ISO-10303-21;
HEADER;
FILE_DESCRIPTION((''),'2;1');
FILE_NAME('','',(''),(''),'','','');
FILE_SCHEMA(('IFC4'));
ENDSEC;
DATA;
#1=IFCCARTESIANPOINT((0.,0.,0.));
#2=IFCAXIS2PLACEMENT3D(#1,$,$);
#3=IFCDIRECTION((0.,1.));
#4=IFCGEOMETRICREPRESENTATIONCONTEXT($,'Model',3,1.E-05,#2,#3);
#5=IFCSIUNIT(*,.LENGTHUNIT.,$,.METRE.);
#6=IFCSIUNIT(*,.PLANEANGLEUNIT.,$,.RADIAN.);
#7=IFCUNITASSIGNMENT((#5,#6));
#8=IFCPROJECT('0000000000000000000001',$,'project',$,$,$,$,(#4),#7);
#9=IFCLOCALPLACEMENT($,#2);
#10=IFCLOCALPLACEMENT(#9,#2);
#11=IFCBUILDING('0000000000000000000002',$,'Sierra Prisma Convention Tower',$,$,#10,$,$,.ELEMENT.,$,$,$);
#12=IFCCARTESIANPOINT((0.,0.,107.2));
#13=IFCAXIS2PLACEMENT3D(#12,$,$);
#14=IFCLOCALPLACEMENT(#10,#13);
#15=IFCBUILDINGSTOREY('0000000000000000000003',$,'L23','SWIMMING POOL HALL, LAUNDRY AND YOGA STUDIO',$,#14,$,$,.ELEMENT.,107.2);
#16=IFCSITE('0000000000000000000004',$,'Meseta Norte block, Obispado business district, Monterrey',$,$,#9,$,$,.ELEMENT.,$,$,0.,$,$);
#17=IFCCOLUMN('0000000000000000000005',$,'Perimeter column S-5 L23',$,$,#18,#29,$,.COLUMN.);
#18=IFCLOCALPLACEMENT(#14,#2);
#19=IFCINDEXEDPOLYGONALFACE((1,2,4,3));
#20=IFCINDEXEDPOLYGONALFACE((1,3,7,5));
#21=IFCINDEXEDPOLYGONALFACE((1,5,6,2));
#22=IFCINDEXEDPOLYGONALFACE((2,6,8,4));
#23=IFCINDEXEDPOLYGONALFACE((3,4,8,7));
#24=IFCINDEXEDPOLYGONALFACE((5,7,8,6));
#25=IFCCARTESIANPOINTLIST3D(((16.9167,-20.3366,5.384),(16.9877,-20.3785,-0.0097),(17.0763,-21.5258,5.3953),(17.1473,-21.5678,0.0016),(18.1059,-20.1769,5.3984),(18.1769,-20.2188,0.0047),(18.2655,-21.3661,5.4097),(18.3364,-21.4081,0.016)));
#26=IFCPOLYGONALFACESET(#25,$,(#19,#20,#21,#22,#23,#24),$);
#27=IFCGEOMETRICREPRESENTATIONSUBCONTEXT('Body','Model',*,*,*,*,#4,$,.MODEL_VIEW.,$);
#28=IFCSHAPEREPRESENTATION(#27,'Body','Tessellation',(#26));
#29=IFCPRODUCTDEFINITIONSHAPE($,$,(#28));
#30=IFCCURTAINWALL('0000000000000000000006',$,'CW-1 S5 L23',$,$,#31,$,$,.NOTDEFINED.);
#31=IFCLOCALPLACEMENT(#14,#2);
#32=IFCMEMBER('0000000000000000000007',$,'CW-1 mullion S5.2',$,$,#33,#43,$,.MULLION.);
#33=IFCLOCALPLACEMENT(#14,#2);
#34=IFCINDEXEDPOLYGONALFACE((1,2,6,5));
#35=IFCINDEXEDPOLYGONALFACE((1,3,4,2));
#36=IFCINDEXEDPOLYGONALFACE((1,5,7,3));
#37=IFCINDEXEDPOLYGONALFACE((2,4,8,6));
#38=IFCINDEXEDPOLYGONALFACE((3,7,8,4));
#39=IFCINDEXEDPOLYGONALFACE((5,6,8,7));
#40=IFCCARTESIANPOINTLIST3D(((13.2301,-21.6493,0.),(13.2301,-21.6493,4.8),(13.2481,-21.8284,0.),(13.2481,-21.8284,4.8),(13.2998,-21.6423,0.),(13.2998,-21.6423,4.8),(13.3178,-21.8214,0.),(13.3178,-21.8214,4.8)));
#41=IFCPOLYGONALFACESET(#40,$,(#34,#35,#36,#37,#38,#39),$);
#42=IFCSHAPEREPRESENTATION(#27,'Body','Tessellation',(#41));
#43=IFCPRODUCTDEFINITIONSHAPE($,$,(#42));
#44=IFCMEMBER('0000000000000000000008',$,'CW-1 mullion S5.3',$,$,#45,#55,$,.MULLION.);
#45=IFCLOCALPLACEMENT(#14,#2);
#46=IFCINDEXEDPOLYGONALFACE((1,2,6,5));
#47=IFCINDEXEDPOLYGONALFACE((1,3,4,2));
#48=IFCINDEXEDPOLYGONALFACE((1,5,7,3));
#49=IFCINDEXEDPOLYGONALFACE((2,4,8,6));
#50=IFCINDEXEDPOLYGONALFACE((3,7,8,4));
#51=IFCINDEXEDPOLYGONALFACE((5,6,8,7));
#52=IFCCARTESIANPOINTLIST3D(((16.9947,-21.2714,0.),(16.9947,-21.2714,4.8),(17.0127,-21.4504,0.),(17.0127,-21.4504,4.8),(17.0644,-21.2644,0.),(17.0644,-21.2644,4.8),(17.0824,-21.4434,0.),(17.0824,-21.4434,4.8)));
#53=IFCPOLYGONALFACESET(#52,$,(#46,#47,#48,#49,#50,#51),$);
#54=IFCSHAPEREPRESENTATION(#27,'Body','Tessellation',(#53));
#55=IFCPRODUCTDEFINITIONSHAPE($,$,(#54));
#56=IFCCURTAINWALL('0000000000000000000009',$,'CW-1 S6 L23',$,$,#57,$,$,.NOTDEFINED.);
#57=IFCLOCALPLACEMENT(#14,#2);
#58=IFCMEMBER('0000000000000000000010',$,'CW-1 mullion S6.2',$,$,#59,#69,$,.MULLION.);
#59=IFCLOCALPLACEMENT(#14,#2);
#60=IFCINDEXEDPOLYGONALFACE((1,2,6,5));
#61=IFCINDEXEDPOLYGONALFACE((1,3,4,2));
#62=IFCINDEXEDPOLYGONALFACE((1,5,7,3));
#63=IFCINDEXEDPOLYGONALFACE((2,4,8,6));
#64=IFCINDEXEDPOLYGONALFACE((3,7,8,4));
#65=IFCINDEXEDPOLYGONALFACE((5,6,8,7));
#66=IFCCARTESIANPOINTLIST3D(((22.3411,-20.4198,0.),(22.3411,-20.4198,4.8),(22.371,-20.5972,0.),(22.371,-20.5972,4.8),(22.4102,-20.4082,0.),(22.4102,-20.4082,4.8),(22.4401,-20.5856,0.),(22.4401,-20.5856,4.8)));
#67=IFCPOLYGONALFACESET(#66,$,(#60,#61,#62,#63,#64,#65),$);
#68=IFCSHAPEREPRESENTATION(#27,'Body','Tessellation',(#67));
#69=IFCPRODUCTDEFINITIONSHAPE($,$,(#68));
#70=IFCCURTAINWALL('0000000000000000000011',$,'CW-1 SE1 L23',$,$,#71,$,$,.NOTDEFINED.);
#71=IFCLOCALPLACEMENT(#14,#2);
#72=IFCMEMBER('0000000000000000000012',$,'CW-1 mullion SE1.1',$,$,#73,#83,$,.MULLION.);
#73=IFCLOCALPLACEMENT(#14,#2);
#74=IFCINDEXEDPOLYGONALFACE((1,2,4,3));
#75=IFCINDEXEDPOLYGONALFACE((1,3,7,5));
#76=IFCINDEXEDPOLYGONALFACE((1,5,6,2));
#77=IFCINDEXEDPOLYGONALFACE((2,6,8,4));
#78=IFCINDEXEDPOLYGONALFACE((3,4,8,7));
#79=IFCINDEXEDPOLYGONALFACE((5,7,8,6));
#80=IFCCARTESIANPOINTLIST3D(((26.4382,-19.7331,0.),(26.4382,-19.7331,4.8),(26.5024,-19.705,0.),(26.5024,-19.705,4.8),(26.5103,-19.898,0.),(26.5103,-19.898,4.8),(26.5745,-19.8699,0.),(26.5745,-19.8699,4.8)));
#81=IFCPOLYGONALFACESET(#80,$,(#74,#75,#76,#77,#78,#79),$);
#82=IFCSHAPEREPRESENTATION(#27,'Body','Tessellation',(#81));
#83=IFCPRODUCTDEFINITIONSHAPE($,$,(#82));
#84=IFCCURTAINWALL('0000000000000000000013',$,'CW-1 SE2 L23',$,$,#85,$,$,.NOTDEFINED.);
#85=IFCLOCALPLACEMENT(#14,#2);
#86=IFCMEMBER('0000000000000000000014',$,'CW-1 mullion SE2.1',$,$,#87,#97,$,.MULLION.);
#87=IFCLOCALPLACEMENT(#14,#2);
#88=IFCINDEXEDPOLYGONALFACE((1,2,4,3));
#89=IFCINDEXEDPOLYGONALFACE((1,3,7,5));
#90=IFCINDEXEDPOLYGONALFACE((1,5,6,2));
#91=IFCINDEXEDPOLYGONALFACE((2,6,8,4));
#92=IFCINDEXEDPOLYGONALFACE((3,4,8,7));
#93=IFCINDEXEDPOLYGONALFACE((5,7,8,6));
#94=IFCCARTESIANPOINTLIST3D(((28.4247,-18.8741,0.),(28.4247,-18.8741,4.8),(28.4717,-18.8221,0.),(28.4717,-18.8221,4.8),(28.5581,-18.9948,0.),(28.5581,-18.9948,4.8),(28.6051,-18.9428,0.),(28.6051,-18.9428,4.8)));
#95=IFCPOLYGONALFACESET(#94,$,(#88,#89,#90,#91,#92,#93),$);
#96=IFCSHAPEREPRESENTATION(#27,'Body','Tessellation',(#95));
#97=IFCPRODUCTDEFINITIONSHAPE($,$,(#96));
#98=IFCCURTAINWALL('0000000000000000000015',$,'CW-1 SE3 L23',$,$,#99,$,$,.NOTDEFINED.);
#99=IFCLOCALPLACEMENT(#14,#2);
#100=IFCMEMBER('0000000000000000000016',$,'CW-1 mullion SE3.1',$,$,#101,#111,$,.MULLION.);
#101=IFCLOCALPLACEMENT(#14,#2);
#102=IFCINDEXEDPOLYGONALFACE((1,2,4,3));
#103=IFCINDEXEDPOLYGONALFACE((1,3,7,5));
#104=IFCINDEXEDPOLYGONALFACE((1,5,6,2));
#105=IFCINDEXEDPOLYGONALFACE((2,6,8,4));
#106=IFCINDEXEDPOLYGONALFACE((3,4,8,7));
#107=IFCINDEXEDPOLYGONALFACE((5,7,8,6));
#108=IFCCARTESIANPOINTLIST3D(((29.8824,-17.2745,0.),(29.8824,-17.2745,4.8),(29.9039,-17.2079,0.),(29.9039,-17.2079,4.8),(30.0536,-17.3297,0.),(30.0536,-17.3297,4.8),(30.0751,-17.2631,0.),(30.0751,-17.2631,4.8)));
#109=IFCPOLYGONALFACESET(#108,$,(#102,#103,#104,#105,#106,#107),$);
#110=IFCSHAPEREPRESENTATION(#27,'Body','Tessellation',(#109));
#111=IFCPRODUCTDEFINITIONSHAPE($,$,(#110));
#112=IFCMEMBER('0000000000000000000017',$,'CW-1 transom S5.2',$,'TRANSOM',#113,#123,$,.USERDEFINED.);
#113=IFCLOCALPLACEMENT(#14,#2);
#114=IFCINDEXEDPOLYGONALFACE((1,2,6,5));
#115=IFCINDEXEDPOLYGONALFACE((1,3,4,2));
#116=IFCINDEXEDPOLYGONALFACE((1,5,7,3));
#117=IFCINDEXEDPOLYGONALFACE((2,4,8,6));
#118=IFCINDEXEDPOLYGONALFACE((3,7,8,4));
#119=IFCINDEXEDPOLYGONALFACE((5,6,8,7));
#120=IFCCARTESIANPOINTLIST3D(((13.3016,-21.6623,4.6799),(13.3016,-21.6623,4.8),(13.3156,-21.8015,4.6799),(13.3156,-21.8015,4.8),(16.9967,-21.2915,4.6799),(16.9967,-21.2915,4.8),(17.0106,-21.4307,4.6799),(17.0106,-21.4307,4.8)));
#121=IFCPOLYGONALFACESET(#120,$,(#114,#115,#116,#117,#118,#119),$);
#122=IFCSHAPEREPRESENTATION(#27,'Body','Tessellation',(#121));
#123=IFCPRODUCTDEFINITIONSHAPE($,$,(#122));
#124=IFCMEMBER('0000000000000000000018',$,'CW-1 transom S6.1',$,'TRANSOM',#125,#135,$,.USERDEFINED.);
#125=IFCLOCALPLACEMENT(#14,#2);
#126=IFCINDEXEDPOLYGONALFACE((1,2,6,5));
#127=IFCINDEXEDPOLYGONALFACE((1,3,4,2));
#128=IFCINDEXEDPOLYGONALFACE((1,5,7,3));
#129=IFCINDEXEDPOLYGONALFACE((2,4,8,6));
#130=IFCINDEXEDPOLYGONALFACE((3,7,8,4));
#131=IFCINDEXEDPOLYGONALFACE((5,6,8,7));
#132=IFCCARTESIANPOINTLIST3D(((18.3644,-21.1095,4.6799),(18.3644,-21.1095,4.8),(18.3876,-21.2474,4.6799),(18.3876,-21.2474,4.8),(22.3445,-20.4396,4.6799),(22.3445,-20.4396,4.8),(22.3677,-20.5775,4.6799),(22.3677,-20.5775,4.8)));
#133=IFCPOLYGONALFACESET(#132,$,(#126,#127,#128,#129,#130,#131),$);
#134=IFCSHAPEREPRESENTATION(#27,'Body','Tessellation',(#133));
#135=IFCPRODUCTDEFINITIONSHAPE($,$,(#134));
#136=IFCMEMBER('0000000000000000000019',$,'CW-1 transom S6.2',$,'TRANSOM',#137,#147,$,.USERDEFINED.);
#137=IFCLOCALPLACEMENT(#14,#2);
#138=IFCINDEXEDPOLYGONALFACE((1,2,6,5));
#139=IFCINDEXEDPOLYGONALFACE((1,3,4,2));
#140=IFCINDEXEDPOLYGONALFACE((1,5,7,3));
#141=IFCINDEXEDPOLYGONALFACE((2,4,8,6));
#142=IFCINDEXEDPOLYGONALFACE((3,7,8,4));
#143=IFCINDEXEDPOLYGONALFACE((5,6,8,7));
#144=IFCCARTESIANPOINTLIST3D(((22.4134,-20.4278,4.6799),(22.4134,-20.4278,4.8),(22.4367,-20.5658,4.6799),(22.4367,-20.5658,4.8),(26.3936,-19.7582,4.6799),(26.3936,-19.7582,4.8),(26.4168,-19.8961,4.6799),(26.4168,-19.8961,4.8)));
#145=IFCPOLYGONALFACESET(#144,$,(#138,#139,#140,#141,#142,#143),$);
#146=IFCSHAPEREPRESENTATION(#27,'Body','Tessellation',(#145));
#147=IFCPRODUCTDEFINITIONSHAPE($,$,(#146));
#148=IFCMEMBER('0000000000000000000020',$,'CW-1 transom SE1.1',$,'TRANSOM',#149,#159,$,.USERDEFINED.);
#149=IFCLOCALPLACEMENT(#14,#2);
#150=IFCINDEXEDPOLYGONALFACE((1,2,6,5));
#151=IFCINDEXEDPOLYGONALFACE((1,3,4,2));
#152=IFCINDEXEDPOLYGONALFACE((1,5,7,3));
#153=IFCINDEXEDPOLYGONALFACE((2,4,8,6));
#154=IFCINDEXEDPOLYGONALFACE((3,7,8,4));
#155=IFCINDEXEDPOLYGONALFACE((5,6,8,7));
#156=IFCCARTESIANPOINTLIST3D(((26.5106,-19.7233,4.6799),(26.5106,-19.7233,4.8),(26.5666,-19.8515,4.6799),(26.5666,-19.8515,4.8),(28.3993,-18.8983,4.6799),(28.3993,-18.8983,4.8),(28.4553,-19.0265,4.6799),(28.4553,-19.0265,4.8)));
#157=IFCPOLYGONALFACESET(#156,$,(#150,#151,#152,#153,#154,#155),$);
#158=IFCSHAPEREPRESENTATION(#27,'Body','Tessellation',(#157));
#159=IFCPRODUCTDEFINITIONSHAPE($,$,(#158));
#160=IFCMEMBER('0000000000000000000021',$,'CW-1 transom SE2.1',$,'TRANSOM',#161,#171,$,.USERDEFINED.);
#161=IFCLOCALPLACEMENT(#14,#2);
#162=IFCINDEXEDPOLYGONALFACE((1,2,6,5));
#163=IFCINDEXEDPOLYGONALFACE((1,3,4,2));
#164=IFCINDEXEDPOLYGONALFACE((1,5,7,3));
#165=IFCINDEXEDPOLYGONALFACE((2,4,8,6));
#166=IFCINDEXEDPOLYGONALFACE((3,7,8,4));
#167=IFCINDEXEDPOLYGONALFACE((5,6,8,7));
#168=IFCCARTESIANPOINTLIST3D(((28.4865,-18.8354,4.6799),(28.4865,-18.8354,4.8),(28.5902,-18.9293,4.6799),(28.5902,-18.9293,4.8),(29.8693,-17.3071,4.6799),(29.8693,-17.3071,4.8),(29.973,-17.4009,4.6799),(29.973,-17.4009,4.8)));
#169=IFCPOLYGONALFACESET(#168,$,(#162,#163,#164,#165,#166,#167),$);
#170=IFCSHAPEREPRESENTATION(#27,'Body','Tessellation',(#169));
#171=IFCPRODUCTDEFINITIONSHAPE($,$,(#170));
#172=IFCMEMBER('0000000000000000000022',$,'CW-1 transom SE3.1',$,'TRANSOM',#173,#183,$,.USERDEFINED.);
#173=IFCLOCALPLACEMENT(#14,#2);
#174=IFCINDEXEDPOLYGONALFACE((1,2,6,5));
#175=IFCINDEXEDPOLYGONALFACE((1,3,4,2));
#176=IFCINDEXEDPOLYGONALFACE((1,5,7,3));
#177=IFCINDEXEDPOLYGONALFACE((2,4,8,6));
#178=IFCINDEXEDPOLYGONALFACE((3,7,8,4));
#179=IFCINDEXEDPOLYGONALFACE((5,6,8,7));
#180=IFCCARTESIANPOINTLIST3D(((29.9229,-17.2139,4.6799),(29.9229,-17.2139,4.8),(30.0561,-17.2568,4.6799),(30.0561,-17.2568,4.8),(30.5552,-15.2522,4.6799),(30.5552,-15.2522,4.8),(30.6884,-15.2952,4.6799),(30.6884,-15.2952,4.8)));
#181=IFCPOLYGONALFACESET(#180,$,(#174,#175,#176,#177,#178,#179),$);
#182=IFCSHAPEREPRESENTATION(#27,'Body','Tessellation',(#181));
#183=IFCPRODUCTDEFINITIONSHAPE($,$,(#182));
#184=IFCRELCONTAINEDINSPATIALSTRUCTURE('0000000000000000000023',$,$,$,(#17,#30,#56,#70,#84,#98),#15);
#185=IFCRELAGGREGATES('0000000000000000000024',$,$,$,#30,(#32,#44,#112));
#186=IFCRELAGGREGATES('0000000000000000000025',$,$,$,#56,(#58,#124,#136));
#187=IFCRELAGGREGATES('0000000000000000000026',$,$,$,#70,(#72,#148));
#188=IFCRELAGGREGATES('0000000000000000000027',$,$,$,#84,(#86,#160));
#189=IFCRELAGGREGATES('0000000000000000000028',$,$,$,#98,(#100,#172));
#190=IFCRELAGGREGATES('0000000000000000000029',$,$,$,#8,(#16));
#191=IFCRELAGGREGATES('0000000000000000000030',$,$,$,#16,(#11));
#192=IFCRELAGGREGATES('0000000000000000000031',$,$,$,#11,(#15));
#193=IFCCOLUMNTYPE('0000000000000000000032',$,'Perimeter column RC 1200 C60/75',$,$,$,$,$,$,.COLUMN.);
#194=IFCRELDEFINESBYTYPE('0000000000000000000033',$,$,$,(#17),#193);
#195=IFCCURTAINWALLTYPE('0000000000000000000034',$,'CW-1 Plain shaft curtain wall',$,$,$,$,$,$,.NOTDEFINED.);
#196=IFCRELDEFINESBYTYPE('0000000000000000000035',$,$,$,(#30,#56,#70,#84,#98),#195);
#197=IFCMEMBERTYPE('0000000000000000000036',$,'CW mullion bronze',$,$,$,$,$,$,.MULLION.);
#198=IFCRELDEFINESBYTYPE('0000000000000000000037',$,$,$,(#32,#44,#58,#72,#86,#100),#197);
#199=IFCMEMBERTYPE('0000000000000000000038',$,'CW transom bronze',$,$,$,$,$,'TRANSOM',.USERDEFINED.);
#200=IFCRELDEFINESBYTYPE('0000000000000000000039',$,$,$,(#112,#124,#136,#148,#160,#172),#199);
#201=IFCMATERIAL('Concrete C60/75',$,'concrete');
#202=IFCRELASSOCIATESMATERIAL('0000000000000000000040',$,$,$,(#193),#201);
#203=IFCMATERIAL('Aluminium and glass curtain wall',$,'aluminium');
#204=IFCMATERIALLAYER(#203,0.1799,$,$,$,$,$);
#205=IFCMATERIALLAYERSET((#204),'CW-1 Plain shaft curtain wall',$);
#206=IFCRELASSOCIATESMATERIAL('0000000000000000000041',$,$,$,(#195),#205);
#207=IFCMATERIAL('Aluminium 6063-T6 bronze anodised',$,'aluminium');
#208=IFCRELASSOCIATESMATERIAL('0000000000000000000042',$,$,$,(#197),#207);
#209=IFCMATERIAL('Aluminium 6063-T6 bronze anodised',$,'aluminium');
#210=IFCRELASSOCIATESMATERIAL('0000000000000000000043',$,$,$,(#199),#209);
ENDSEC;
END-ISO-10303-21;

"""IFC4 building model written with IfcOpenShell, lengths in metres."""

from ifc_helpers import new_model, si_unit, direction, frame, origin, origin_2d, place, context, subcontext, project, spatial, rectangle, extrude, clip, halfspace, material, layer, layer_set, material_profile, profile_set, type_object, element, aggregate, save


model = new_model("IFC4")

# Units and contexts
model_context = context("Model", 3, precision=1e-05, world=origin(), true_north=direction((0.0, 1.0)))
body_context = subcontext(model_context, "Body", "Model", "MODEL_VIEW")
ifc_project = project(units=[si_unit("LENGTHUNIT", "METRE"), si_unit("PLANEANGLEUNIT", "RADIAN")], contexts=[model_context])

# Site, building, storey
site_placement = place(None, origin())
site = spatial("IfcSite", under=ifc_project, at=site_placement, Name="Meseta Norte block, Obispado business district, Monterrey", CompositionType="ELEMENT", RefElevation=0.0)
building_placement = place(site_placement, origin())
building = spatial("IfcBuilding", under=site, at=building_placement, Name="Sierra Prisma Convention Tower", CompositionType="ELEMENT")
storey_placement = place(building_placement, frame((0.0, 0.0, 107.2)))
storey = spatial("IfcBuildingStorey", under=building, at=storey_placement, Name="L23", Description="SWIMMING POOL HALL, LAUNDRY AND YOGA STUDIO", CompositionType="ELEMENT", Elevation=107.2)

# Column
ifc_material_1 = material(Name="Concrete C60/75", Category="concrete")
ifc_material_profile_1 = material_profile(ifc_material_1, rectangle(XDim=1.2, YDim=1.2, at=origin_2d()), Name="Perimeter column RC 1200 C60/75")
ifc_profile_set_1 = profile_set([ifc_material_profile_1], Name="Concrete C60/75")
column_type = type_object("IfcColumnType", Name="Perimeter column RC 1200 C60/75", PredefinedType="COLUMN", material=ifc_profile_set_1)
column_placement = place(storey_placement, frame((17.6621, -20.8933, 0.0), z_axis=(-0.013155, 0.007775, 0.999883), x_axis=(0.991031, 0.133091, 0.012003)))
element("IfcColumn", 1, at=column_placement, inside=storey, type_object=column_type, Name="Perimeter column S-5 L23", PredefinedType="COLUMN", context=body_context, shape_type="SweptSolid", body=[
    clip(clip(extrude(rectangle(XDim=1.2, YDim=1.2, at=origin_2d()), origin(), (0.0, 0.0, 1.0), 5.4009), halfspace(frame((0.0, 0.0, 0.0032)), True)), halfspace(frame((0.0, 0.0, 5.3975)), False)),
])

# Curtain wall, members
ifc_material_2 = material(Name="Aluminium and glass curtain wall", Category="aluminium")
ifc_layer_1 = layer(ifc_material_2, 0.1799)
ifc_layer_set_1 = layer_set([ifc_layer_1], Name="CW-1 Plain shaft curtain wall")
curtain_wall_type = type_object("IfcCurtainWallType", Name="CW-1 Plain shaft curtain wall", PredefinedType="NOTDEFINED", material=ifc_layer_set_1)
curtain_wall_1_placement = place(storey_placement, origin())
curtain_wall_1 = element("IfcCurtainWall", 2, at=curtain_wall_1_placement, inside=storey, type_object=curtain_wall_type, Name="CW-1 S5 L23", PredefinedType="NOTDEFINED")
ifc_material_3 = material(Name="Aluminium 6063-T6 bronze anodised", Category="aluminium")
ifc_material_profile_2 = material_profile(ifc_material_3, rectangle(XDim=0.1799, YDim=0.0701, at=origin_2d()), Name="ALU MULLION 70x180")
ifc_profile_set_2 = profile_set([ifc_material_profile_2], Name="Aluminium 6063-T6 bronze anodised")
member_type_1 = type_object("IfcMemberType", Name="CW mullion bronze", PredefinedType="MULLION", material=ifc_profile_set_2)
member_1_placement = place(storey_placement, frame((13.2739, -21.7354, 0.0), z_axis=(0.0, 0.0, 1.0), x_axis=(-0.099874, 0.995, 0.0)))
member_1 = element("IfcMember", 3, at=member_1_placement, type_object=member_type_1, Name="CW-1 mullion S5.2", PredefinedType="MULLION", context=body_context, shape_type="SweptSolid", body=[
    extrude(rectangle(XDim=0.1799, YDim=0.0701, at=origin_2d()), origin(), (0.0, 0.0, 1.0), 4.8),
])
member_2_placement = place(storey_placement, frame((17.0386, -21.3574, 0.0), z_axis=(0.0, 0.0, 1.0), x_axis=(-0.099874, 0.995, 0.0)))
member_2 = element("IfcMember", 4, at=member_2_placement, type_object=member_type_1, Name="CW-1 mullion S5.3", PredefinedType="MULLION", context=body_context, shape_type="SweptSolid", body=[
    extrude(rectangle(XDim=0.1799, YDim=0.0701, at=origin_2d()), origin(), (0.0, 0.0, 1.0), 4.8),
])

# Curtain walls, members
curtain_wall_2_placement = place(storey_placement, origin())
curtain_wall_2 = element("IfcCurtainWall", 5, at=curtain_wall_2_placement, inside=storey, type_object=curtain_wall_type, Name="CW-1 S6 L23", PredefinedType="NOTDEFINED")
member_3_placement = place(storey_placement, frame((22.3906, -20.5027, 0.0), z_axis=(0.0, 0.0, 1.0), x_axis=(-0.165964, 0.986132, 0.0)))
member_3 = element("IfcMember", 6, at=member_3_placement, type_object=member_type_1, Name="CW-1 mullion S6.2", PredefinedType="MULLION", context=body_context, shape_type="SweptSolid", body=[
    extrude(rectangle(XDim=0.1799, YDim=0.0701, at=origin_2d()), origin(), (0.0, 0.0, 1.0), 4.8),
])
curtain_wall_3_placement = place(storey_placement, origin())
curtain_wall_3 = element("IfcCurtainWall", 7, at=curtain_wall_3_placement, inside=storey, type_object=curtain_wall_type, Name="CW-1 SE1 L23", PredefinedType="NOTDEFINED")
member_4_placement = place(storey_placement, frame((26.5063, -19.8015, 0.0), z_axis=(0.0, 0.0, 1.0), x_axis=(-0.400315, 0.916377, 0.0)))
member_4 = element("IfcMember", 8, at=member_4_placement, type_object=member_type_1, Name="CW-1 mullion SE1.1", PredefinedType="MULLION", context=body_context, shape_type="SweptSolid", body=[
    extrude(rectangle(XDim=0.1799, YDim=0.0701, at=origin_2d()), origin(), (0.0, 0.0, 1.0), 4.8),
])
curtain_wall_4_placement = place(storey_placement, origin())
curtain_wall_4 = element("IfcCurtainWall", 9, at=curtain_wall_4_placement, inside=storey, type_object=curtain_wall_type, Name="CW-1 SE2 L23", PredefinedType="NOTDEFINED")
member_5_placement = place(storey_placement, frame((28.5149, -18.9084, 0.0), z_axis=(0.0, 0.0, 1.0), x_axis=(-0.741577, 0.670867, 0.0)))
member_5 = element("IfcMember", 10, at=member_5_placement, type_object=member_type_1, Name="CW-1 mullion SE2.1", PredefinedType="MULLION", context=body_context, shape_type="SweptSolid", body=[
    extrude(rectangle(XDim=0.1799, YDim=0.0701, at=origin_2d()), origin(), (0.0, 0.0, 1.0), 4.8),
])
curtain_wall_5_placement = place(storey_placement, origin())
curtain_wall_5 = element("IfcCurtainWall", 11, at=curtain_wall_5_placement, inside=storey, type_object=curtain_wall_type, Name="CW-1 SE3 L23", PredefinedType="NOTDEFINED")
member_6_placement = place(storey_placement, frame((29.9788, -17.2688, 0.0), z_axis=(0.0, 0.0, 1.0), x_axis=(-0.951777, 0.306791, 0.0)))
member_6 = element("IfcMember", 12, at=member_6_placement, type_object=member_type_1, Name="CW-1 mullion SE3.1", PredefinedType="MULLION", context=body_context, shape_type="SweptSolid", body=[
    extrude(rectangle(XDim=0.1799, YDim=0.0701, at=origin_2d()), origin(), (0.0, 0.0, 1.0), 4.8),
])

# Members
ifc_material_4 = material(Name="Aluminium 6063-T6 bronze anodised", Category="aluminium")
ifc_material_profile_3 = material_profile(ifc_material_4, rectangle(XDim=0.1399, YDim=0.1201, at=origin_2d()), Name="ALU TRANSOM 120x140")
ifc_profile_set_3 = profile_set([ifc_material_profile_3], Name="Aluminium 6063-T6 bronze anodised")
member_type_2 = type_object("IfcMemberType", Name="CW transom bronze", ElementType="TRANSOM", PredefinedType="USERDEFINED", material=ifc_profile_set_3)
member_7_placement = place(storey_placement, frame((13.3086, -21.7319, 4.74), z_axis=(0.995001, 0.099862, 0.0), x_axis=(-0.099862, 0.995001, 0.0)))
member_7 = element("IfcMember", 13, at=member_7_placement, type_object=member_type_2, Name="CW-1 transom S5.2", ObjectType="TRANSOM", PredefinedType="USERDEFINED", context=body_context, shape_type="SweptSolid", body=[
    extrude(rectangle(XDim=0.1399, YDim=0.1201, at=origin_2d()), origin(), (0.0, 0.0, 1.0), 3.7136),
])
member_8_placement = place(storey_placement, frame((18.376, -21.1785, 4.74), z_axis=(0.986129, 0.165978, 0.0), x_axis=(-0.165978, 0.986129, 0.0)))
member_8 = element("IfcMember", 14, at=member_8_placement, type_object=member_type_2, Name="CW-1 transom S6.1", ObjectType="TRANSOM", PredefinedType="USERDEFINED", context=body_context, shape_type="SweptSolid", body=[
    extrude(rectangle(XDim=0.1399, YDim=0.1201, at=origin_2d()), origin(), (0.0, 0.0, 1.0), 4.0361),
])
member_9_placement = place(storey_placement, frame((22.425, -20.4968, 4.74), z_axis=(0.986139, 0.165919, 0.0), x_axis=(-0.165919, 0.986139, 0.0)))
member_9 = element("IfcMember", 15, at=member_9_placement, type_object=member_type_2, Name="CW-1 transom S6.2", ObjectType="TRANSOM", PredefinedType="USERDEFINED", context=body_context, shape_type="SweptSolid", body=[
    extrude(rectangle(XDim=0.1399, YDim=0.1201, at=origin_2d()), origin(), (0.0, 0.0, 1.0), 4.0361),
])
member_10_placement = place(storey_placement, frame((26.5386, -19.7874, 4.74), z_axis=(0.916396, 0.400272, 0.0), x_axis=(-0.400272, 0.916396, 0.0)))
member_10 = element("IfcMember", 16, at=member_10_placement, type_object=member_type_2, Name="CW-1 transom SE1.1", ObjectType="TRANSOM", PredefinedType="USERDEFINED", context=body_context, shape_type="SweptSolid", body=[
    extrude(rectangle(XDim=0.1399, YDim=0.1201, at=origin_2d()), origin(), (0.0, 0.0, 1.0), 2.061),
])
member_11_placement = place(storey_placement, frame((28.5383, -18.8823, 4.74), z_axis=(0.670926, 0.741525, 0.0), x_axis=(-0.741525, 0.670926, 0.0)))
member_11 = element("IfcMember", 17, at=member_11_placement, type_object=member_type_2, Name="CW-1 transom SE2.1", ObjectType="TRANSOM", PredefinedType="USERDEFINED", context=body_context, shape_type="SweptSolid", body=[
    extrude(rectangle(XDim=0.1399, YDim=0.1201, at=origin_2d()), origin(), (0.0, 0.0, 1.0), 2.061),
])
member_12_placement = place(storey_placement, frame((29.9895, -17.2354, 4.74), z_axis=(0.306795, 0.951776, 0.0), x_axis=(-0.951776, 0.306795, 0.0)))
member_12 = element("IfcMember", 18, at=member_12_placement, type_object=member_type_2, Name="CW-1 transom SE3.1", ObjectType="TRANSOM", PredefinedType="USERDEFINED", context=body_context, shape_type="SweptSolid", body=[
    extrude(rectangle(XDim=0.1399, YDim=0.1201, at=origin_2d()), origin(), (0.0, 0.0, 1.0), 2.061),
])

aggregate(curtain_wall_1, [member_1, member_2, member_7])
aggregate(curtain_wall_2, [member_3, member_8, member_9])
aggregate(curtain_wall_3, [member_4, member_10])
aggregate(curtain_wall_4, [member_5, member_11])
aggregate(curtain_wall_5, [member_6, member_12])

save(model, "model.ifc")
